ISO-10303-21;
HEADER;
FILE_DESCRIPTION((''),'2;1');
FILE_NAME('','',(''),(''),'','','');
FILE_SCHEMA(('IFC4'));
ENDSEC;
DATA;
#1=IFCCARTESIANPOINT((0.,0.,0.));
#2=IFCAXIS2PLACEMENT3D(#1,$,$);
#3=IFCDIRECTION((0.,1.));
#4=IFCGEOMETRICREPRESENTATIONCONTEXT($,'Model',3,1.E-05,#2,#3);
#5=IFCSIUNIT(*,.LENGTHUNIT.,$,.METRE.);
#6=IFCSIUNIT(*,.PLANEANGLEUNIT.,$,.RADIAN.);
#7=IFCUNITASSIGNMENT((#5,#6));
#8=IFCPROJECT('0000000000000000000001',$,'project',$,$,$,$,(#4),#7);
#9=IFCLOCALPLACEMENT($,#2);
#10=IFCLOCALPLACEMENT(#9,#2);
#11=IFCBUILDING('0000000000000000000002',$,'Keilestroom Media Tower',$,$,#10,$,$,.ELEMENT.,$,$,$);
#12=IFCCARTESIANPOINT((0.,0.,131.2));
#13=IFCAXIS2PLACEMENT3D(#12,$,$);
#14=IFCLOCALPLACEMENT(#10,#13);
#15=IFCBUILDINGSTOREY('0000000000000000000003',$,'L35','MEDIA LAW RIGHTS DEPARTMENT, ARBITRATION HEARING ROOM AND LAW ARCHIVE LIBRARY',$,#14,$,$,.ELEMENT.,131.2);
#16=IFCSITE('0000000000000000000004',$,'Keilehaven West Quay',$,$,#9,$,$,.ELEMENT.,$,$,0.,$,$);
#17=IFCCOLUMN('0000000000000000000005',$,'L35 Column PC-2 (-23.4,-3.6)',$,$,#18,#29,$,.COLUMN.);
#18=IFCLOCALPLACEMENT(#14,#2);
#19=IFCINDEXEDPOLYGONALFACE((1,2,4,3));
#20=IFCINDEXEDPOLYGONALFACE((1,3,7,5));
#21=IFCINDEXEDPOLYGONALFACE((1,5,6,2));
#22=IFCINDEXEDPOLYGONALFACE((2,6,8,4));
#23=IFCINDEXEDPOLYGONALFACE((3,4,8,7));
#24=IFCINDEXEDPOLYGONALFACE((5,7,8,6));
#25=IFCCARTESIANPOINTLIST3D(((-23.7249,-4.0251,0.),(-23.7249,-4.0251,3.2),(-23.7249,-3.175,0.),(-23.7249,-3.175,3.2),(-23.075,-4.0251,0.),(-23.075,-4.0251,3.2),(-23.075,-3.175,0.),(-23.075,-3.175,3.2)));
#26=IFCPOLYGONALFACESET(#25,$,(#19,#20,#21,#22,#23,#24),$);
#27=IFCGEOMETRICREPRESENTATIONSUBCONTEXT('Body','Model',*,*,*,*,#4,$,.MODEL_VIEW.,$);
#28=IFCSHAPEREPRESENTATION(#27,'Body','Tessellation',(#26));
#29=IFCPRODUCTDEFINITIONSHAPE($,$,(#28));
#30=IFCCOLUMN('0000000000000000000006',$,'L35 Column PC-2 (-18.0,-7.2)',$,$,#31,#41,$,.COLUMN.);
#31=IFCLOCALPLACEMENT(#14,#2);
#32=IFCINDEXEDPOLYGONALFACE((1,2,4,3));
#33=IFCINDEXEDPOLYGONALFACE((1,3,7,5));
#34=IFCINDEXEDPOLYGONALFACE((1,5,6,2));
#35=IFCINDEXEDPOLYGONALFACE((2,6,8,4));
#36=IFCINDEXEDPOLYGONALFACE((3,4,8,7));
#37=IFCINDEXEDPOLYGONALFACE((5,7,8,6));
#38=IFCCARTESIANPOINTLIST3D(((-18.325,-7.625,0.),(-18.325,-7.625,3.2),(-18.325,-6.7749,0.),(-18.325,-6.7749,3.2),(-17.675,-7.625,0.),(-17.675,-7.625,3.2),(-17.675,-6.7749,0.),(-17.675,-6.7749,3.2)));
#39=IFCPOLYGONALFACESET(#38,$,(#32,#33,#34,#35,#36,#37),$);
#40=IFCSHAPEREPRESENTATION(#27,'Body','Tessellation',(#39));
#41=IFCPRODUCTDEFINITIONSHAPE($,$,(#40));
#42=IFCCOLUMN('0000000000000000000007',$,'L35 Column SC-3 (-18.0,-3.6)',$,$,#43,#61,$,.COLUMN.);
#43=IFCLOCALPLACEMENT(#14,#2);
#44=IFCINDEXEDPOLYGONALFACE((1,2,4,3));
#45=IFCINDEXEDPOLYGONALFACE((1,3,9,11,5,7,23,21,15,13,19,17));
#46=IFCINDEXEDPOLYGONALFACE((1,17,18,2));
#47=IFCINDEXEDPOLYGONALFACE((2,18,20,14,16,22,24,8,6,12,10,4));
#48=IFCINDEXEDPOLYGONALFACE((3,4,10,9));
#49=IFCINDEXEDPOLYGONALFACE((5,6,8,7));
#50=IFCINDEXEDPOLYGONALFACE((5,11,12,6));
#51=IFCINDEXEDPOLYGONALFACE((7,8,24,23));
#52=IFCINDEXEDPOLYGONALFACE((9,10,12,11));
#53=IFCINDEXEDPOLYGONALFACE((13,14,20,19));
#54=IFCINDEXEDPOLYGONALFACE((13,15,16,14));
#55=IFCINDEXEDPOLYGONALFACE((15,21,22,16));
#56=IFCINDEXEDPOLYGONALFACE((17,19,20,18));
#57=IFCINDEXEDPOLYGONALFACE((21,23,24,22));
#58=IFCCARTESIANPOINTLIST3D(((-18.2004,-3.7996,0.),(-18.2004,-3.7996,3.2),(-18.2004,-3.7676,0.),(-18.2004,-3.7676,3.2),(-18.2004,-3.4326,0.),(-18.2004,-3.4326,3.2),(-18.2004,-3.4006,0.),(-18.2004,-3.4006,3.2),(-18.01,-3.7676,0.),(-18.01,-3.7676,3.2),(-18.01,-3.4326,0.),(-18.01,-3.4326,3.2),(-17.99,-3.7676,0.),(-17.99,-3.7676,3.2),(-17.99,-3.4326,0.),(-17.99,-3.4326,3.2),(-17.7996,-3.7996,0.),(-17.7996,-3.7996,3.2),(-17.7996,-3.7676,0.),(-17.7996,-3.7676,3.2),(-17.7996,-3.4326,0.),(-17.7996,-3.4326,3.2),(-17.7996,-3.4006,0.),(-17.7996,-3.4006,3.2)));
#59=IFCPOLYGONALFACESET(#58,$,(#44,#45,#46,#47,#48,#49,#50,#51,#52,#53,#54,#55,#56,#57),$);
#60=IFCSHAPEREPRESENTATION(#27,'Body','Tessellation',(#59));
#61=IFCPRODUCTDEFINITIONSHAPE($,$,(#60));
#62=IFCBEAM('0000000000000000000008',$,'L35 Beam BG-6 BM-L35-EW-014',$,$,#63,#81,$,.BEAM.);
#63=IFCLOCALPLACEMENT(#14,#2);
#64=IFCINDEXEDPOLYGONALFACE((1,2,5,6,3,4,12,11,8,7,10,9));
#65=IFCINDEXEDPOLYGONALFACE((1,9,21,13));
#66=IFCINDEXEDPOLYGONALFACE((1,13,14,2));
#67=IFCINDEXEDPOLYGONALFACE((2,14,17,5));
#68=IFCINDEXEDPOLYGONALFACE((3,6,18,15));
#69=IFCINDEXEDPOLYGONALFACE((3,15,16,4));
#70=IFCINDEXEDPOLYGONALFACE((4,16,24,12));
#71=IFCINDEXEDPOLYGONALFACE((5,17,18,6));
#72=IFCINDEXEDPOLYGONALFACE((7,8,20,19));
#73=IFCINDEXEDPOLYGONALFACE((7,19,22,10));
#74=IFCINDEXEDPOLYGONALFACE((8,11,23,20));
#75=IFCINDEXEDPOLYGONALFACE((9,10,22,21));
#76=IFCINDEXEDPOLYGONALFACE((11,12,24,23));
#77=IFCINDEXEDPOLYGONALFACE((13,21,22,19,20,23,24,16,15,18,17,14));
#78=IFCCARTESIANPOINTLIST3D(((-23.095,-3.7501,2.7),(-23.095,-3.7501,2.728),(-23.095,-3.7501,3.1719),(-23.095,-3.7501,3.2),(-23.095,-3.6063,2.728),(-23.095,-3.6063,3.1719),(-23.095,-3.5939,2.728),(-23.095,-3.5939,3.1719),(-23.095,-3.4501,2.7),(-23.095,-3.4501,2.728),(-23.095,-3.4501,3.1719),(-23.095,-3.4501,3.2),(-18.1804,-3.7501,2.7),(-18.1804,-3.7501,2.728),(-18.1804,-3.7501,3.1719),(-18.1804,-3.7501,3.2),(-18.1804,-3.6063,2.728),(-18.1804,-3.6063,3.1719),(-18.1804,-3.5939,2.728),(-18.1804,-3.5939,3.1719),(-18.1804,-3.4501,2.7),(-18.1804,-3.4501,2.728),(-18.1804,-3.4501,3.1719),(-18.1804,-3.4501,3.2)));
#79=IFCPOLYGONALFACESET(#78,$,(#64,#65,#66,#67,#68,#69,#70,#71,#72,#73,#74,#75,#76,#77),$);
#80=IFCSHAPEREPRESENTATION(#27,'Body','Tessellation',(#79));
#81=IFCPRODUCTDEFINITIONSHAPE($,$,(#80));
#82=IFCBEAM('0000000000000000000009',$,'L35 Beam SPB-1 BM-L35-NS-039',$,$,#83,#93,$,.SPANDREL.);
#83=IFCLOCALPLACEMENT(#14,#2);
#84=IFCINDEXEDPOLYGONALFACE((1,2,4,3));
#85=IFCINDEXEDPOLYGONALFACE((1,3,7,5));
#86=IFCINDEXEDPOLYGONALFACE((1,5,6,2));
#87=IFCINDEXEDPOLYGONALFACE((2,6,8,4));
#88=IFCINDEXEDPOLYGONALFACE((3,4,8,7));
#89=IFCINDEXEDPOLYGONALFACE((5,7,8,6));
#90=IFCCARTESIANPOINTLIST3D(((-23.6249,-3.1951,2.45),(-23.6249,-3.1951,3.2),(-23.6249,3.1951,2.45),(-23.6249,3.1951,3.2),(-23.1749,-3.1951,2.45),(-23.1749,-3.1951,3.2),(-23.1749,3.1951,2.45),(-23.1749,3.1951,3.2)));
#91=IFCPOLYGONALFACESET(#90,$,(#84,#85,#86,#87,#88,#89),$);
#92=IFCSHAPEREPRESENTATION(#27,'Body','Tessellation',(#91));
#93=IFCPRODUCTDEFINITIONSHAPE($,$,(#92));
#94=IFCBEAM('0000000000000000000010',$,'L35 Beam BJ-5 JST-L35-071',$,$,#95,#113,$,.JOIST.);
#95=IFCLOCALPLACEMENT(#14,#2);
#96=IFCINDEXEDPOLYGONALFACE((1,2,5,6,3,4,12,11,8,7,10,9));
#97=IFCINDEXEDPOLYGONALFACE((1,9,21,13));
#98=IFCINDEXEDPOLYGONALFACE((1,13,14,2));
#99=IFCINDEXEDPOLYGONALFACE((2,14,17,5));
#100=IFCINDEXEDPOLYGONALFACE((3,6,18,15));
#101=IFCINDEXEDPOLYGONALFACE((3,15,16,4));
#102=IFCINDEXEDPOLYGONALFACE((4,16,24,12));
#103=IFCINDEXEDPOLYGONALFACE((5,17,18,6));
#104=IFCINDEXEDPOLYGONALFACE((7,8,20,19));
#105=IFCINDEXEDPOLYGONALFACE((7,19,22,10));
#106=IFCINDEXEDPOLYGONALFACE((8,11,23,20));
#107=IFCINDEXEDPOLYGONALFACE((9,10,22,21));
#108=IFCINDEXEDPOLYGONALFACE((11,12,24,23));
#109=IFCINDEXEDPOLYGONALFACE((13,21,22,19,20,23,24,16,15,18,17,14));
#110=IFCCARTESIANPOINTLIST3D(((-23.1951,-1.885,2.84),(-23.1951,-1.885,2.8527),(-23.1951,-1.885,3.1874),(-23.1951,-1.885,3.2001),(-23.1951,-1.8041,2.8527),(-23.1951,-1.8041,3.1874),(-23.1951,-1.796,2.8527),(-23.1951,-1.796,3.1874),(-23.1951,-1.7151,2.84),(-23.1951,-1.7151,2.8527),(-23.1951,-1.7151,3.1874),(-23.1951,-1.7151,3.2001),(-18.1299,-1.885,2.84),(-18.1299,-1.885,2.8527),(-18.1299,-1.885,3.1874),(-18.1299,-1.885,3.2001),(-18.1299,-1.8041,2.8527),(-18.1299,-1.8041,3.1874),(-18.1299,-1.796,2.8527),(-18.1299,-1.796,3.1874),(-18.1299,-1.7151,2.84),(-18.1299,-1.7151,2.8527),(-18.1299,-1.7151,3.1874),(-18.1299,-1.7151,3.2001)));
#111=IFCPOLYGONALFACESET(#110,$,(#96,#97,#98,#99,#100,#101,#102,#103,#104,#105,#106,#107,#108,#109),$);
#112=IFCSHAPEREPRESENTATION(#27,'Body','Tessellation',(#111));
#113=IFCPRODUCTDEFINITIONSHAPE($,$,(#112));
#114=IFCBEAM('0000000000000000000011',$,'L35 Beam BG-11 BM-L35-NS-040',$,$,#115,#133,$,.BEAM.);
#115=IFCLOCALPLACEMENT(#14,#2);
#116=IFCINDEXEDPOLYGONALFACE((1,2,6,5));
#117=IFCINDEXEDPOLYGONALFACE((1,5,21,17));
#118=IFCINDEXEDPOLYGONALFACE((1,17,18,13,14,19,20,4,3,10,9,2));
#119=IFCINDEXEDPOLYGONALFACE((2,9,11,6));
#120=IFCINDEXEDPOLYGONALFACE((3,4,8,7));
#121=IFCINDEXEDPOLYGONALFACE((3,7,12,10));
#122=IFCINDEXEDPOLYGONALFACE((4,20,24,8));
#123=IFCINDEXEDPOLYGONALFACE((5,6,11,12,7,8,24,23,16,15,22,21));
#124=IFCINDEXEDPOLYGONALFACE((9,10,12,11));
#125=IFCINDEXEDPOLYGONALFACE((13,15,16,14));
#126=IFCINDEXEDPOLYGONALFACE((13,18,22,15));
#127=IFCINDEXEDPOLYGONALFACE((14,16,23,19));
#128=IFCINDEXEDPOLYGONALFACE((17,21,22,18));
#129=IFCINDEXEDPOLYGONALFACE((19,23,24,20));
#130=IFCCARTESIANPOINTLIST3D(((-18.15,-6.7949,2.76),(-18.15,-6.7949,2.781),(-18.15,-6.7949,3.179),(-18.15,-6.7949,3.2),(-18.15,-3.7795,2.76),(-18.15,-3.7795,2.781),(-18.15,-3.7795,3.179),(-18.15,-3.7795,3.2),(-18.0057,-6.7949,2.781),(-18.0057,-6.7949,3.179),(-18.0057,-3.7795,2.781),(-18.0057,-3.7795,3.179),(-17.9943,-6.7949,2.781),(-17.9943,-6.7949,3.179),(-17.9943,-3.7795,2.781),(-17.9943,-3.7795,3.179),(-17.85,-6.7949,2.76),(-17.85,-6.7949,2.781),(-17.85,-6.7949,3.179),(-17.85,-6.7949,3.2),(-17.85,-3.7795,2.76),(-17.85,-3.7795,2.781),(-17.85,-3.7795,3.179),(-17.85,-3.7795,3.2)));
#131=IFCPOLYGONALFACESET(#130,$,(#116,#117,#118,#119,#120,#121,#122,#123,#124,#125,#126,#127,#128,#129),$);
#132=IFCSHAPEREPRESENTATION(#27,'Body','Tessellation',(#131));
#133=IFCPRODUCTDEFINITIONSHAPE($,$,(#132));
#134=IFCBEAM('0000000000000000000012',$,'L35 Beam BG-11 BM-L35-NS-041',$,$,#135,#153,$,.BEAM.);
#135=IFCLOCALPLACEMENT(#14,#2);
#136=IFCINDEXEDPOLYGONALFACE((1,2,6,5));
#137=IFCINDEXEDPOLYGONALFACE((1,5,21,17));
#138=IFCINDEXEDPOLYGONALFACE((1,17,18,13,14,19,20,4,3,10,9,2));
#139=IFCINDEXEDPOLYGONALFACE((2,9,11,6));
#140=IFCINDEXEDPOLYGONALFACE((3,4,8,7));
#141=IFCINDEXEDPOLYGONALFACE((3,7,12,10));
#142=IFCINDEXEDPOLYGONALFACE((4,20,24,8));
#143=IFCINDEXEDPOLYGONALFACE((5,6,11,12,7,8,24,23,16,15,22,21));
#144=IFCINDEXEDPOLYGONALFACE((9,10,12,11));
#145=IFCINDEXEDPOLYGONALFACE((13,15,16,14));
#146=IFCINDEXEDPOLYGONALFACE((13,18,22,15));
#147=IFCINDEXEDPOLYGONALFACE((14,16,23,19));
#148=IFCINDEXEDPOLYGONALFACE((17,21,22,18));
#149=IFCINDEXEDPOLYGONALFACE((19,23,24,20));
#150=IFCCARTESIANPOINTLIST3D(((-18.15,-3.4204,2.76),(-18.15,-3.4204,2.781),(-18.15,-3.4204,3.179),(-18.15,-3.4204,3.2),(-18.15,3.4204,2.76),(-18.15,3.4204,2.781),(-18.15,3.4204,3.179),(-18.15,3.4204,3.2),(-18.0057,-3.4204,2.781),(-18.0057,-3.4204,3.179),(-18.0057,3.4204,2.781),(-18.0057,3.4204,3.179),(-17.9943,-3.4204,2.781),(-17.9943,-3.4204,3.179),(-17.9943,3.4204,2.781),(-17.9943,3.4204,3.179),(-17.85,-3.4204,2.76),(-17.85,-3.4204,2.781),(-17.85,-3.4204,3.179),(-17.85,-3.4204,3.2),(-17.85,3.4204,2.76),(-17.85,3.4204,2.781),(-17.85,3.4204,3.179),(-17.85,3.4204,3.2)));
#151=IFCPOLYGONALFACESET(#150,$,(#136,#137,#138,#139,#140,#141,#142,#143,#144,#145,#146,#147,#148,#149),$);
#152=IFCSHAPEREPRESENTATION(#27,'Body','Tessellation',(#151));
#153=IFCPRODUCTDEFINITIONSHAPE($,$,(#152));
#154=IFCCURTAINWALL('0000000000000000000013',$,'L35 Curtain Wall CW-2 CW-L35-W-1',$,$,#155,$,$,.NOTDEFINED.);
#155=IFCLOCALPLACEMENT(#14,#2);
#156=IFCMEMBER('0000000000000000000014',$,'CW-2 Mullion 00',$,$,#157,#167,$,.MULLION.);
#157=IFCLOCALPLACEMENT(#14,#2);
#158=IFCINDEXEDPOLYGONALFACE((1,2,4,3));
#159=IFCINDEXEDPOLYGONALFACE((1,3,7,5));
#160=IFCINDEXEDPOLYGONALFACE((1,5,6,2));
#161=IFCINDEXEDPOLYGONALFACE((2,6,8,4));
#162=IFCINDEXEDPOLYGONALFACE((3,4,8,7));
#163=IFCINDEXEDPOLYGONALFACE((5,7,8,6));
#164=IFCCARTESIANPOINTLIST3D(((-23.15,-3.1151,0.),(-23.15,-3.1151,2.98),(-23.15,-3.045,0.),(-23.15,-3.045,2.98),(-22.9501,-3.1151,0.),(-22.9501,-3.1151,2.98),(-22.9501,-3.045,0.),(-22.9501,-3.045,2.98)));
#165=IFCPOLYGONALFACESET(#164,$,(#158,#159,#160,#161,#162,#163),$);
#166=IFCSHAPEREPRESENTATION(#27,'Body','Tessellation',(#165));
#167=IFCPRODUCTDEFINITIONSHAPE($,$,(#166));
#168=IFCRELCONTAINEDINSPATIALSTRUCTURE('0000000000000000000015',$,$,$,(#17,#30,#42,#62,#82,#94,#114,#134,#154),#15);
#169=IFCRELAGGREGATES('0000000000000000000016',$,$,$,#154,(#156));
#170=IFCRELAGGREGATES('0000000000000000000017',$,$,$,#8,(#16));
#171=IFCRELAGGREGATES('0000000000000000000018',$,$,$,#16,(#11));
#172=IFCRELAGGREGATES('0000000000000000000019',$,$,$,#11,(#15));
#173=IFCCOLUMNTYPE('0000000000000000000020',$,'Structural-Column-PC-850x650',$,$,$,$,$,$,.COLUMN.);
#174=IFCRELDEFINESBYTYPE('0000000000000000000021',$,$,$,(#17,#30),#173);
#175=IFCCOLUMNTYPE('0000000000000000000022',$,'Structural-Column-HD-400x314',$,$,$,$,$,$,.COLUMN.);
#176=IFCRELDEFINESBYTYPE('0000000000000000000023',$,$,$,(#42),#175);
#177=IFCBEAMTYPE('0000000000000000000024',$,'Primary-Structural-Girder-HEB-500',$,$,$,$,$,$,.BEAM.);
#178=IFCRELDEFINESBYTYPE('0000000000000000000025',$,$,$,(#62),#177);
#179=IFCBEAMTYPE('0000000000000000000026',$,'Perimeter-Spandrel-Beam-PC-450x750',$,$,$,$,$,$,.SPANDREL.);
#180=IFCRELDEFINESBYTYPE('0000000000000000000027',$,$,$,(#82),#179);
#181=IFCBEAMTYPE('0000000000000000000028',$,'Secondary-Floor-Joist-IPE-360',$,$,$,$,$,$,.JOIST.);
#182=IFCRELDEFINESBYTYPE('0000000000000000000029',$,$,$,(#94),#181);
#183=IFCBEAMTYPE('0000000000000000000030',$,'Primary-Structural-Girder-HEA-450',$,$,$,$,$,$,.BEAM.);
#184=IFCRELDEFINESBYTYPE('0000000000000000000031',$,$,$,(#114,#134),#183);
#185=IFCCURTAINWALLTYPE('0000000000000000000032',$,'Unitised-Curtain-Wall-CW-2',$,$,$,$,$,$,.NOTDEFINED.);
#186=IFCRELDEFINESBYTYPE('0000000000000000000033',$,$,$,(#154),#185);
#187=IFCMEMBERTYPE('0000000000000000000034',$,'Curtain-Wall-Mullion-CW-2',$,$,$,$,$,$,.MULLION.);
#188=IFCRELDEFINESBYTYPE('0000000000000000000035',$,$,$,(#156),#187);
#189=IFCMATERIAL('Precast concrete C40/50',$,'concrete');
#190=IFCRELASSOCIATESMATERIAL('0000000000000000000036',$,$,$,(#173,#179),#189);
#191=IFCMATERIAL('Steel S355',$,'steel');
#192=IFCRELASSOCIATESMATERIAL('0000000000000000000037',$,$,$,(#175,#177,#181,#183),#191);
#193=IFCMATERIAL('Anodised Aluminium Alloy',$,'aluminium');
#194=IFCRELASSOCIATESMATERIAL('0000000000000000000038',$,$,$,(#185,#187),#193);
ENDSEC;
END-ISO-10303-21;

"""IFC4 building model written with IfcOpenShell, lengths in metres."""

from ifc_helpers import new_model, si_unit, direction, frame, origin, origin_2d, place, context, subcontext, project, spatial, rectangle, i_section, extrude, source, transform, mapped, material, material_profile, profile_set, type_object, element, aggregate, save


model = new_model("IFC4")

# Units and contexts
model_context = context("Model", 3, precision=1e-05, world=origin(), true_north=direction((0.0, 1.0)))
body_context = subcontext(model_context, "Body", "Model", "MODEL_VIEW")
ifc_project = project(units=[si_unit("LENGTHUNIT", "METRE"), si_unit("PLANEANGLEUNIT", "RADIAN")], contexts=[model_context])

# Site, building, storey
site_placement = place(None, origin())
site = spatial("IfcSite", under=ifc_project, at=site_placement, Name="Keilehaven West Quay", CompositionType="ELEMENT", RefElevation=0.0)
building_placement = place(site_placement, origin())
building = spatial("IfcBuilding", under=site, at=building_placement, Name="Keilestroom Media Tower", CompositionType="ELEMENT")
storey_placement = place(building_placement, frame((0.0, 0.0, 131.2)))
storey = spatial("IfcBuildingStorey", under=building, at=storey_placement, Name="L35", Description="MEDIA LAW RIGHTS DEPARTMENT, ARBITRATION HEARING ROOM AND LAW ARCHIVE LIBRARY", CompositionType="ELEMENT", Elevation=131.2)

# Columns
ifc_material_1 = material(Name="Precast concrete C40/50", Category="concrete")
ifc_material_profile_1 = material_profile(ifc_material_1, rectangle(XDim=0.6499, YDim=0.8501, at=origin_2d()), Name="PC 850x650")
ifc_profile_set_1 = profile_set([ifc_material_profile_1], Name="Precast concrete C40/50")
column_type_1 = type_object("IfcColumnType", Name="Structural-Column-PC-850x650", PredefinedType="COLUMN", material=ifc_profile_set_1)
shared_shape_1 = source(origin(), body_context, "Body", "SweptSolid", [
    extrude(rectangle(XDim=0.6499, YDim=0.8501, at=origin_2d()), origin(), (0.0, 0.0, 1.0), 3.2),
])
for number, where, z_axis, x_axis, name in (
    (1, (-23.3999, -3.6001, 0.0), (0.0, 0.0, 1.0), (1.0, 0.0, 0.0), "L35 Column PC-2 (-23.4,-3.6)"),
    (2, (-18.0, -7.2, 0.0), (0.0, 0.0, 1.0), (1.0, 0.0, 0.0), "L35 Column PC-2 (-18.0,-7.2)"),
):
    element("IfcColumn", number, at=place(storey_placement, frame(where, z_axis=z_axis, x_axis=x_axis)), inside=storey, type_object=column_type_1, Name=name, PredefinedType="COLUMN", context=body_context, shape_type="MappedRepresentation", body=[
        mapped(shared_shape_1, transform((0.0, 0.0, 0.0), x_axis=(1.0, 0.0, 0.0), y_axis=(0.0, 1.0, 0.0), z_axis=(0.0, 0.0, 1.0), scale=1.0)),
    ])
ifc_material_2 = material(Name="Steel S355", Category="steel")
ifc_material_profile_2 = material_profile(ifc_material_2, i_section(OverallWidth=0.4009, OverallDepth=0.3989, WebThickness=0.02, FlangeThickness=0.032, at=origin_2d()), Name="HD 400x314")
ifc_profile_set_2 = profile_set([ifc_material_profile_2], Name="Steel S355")
column_type_2 = type_object("IfcColumnType", Name="Structural-Column-HD-400x314", PredefinedType="COLUMN", material=ifc_profile_set_2)
shared_shape_2 = source(origin(), body_context, "Body", "SweptSolid", [
    extrude(i_section(OverallWidth=0.4009, OverallDepth=0.3989, WebThickness=0.02, FlangeThickness=0.032, at=origin_2d()), origin(), (0.0, 0.0, 1.0), 3.2),
])
column_placement = place(storey_placement, frame((-18.0, -3.6001, 0.0), z_axis=(0.0, 0.0, 1.0), x_axis=(1.0, 0.0, 0.0)))
element("IfcColumn", 3, at=column_placement, inside=storey, type_object=column_type_2, Name="L35 Column SC-3 (-18.0,-3.6)", PredefinedType="COLUMN", context=body_context, shape_type="MappedRepresentation", body=[
    mapped(shared_shape_2, transform((0.0, 0.0, 0.0), x_axis=(1.0, 0.0, 0.0), y_axis=(0.0, 1.0, 0.0), z_axis=(0.0, 0.0, 1.0), scale=1.0)),
])

# Beams
ifc_material_profile_3 = material_profile(ifc_material_2, i_section(OverallWidth=0.3, OverallDepth=0.5, WebThickness=0.0125, FlangeThickness=0.0281, at=origin_2d()), Name="HEB 500")
ifc_profile_set_3 = profile_set([ifc_material_profile_3], Name="Steel S355")
beam_type_1 = type_object("IfcBeamType", Name="Primary-Structural-Girder-HEB-500", PredefinedType="BEAM", material=ifc_profile_set_3)
shared_shape_3 = source(origin(), body_context, "Body", "SweptSolid", [
    extrude(i_section(OverallWidth=0.3, OverallDepth=0.5, WebThickness=0.0125, FlangeThickness=0.0281, at=origin_2d()), origin(), (0.0, 0.0, 1.0), 4.9146),
])
beam_1_placement = place(storey_placement, frame((-23.095, -3.6001, 2.95), z_axis=(1.0, 0.0, 0.0), x_axis=(0.0, 1.0, 0.0)))
element("IfcBeam", 4, at=beam_1_placement, inside=storey, type_object=beam_type_1, Name="L35 Beam BG-6 BM-L35-EW-014", PredefinedType="BEAM", context=body_context, shape_type="MappedRepresentation", body=[
    mapped(shared_shape_3, transform((0.0, 0.0, 0.0), x_axis=(1.0, 0.0, 0.0), y_axis=(0.0, 1.0, 0.0), z_axis=(0.0, 0.0, 1.0), scale=1.0)),
])
ifc_material_profile_4 = material_profile(ifc_material_1, rectangle(XDim=0.45, YDim=0.75, at=origin_2d()), Name="PC 450x750")
ifc_profile_set_4 = profile_set([ifc_material_profile_4], Name="Precast concrete C40/50")
beam_type_2 = type_object("IfcBeamType", Name="Perimeter-Spandrel-Beam-PC-450x750", PredefinedType="SPANDREL", material=ifc_profile_set_4)
shared_shape_4 = source(origin(), body_context, "Body", "SweptSolid", [
    extrude(rectangle(XDim=0.45, YDim=0.75, at=origin_2d()), origin(), (0.0, 0.0, 1.0), 6.3901),
])
beam_2_placement = place(storey_placement, frame((-23.3999, -3.1951, 2.825), z_axis=(0.0, 1.0, 0.0), x_axis=(-1.0, 0.0, 0.0)))
element("IfcBeam", 5, at=beam_2_placement, inside=storey, type_object=beam_type_2, Name="L35 Beam SPB-1 BM-L35-NS-039", PredefinedType="SPANDREL", context=body_context, shape_type="MappedRepresentation", body=[
    mapped(shared_shape_4, transform((0.0, 0.0, 0.0), x_axis=(1.0, 0.0, 0.0), y_axis=(0.0, 1.0, 0.0), z_axis=(0.0, 0.0, 1.0), scale=1.0)),
])
ifc_material_profile_5 = material_profile(ifc_material_2, i_section(OverallWidth=0.1699, OverallDepth=0.3601, WebThickness=0.0081, FlangeThickness=0.0127, at=origin_2d()), Name="IPE 360")
ifc_profile_set_5 = profile_set([ifc_material_profile_5], Name="Steel S355")
beam_type_3 = type_object("IfcBeamType", Name="Secondary-Floor-Joist-IPE-360", PredefinedType="JOIST", material=ifc_profile_set_5)
shared_shape_5 = source(origin(), body_context, "Body", "SweptSolid", [
    extrude(i_section(OverallWidth=0.1699, OverallDepth=0.3601, WebThickness=0.0081, FlangeThickness=0.0127, at=origin_2d()), origin(), (0.0, 0.0, 1.0), 5.0652),
])
beam_3_placement = place(storey_placement, frame((-23.1951, -1.8, 3.02), z_axis=(1.0, 0.0, 0.0), x_axis=(0.0, 1.0, 0.0)))
element("IfcBeam", 6, at=beam_3_placement, inside=storey, type_object=beam_type_3, Name="L35 Beam BJ-5 JST-L35-071", PredefinedType="JOIST", context=body_context, shape_type="MappedRepresentation", body=[
    mapped(shared_shape_5, transform((0.0, 0.0, 0.0), x_axis=(1.0, 0.0, 0.0), y_axis=(0.0, 1.0, 0.0), z_axis=(0.0, 0.0, 1.0), scale=1.0)),
])
ifc_material_profile_6 = material_profile(ifc_material_2, i_section(OverallWidth=0.3, OverallDepth=0.4399, WebThickness=0.0115, FlangeThickness=0.021, at=origin_2d()), Name="HEA 450")
ifc_profile_set_6 = profile_set([ifc_material_profile_6], Name="Steel S355")
beam_type_4 = type_object("IfcBeamType", Name="Primary-Structural-Girder-HEA-450", PredefinedType="BEAM", material=ifc_profile_set_6)
shared_shape_6 = source(origin(), body_context, "Body", "SweptSolid", [
    extrude(i_section(OverallWidth=0.3, OverallDepth=0.4399, WebThickness=0.0115, FlangeThickness=0.021, at=origin_2d()), origin(), (0.0, 0.0, 1.0), 3.0154),
])
beam_4_placement = place(storey_placement, frame((-18.0, -6.7949, 2.98), z_axis=(0.0, 1.0, 0.0), x_axis=(-1.0, 0.0, 0.0)))
element("IfcBeam", 7, at=beam_4_placement, inside=storey, type_object=beam_type_4, Name="L35 Beam BG-11 BM-L35-NS-040", PredefinedType="BEAM", context=body_context, shape_type="MappedRepresentation", body=[
    mapped(shared_shape_6, transform((0.0, 0.0, 0.0), x_axis=(1.0, 0.0, 0.0), y_axis=(0.0, 1.0, 0.0), z_axis=(0.0, 0.0, 1.0), scale=1.0)),
])
shared_shape_7 = source(origin(), body_context, "Body", "SweptSolid", [
    extrude(i_section(OverallWidth=0.3, OverallDepth=0.4399, WebThickness=0.0115, FlangeThickness=0.021, at=origin_2d()), origin(), (0.0, 0.0, 1.0), 6.8408),
])
beam_5_placement = place(storey_placement, frame((-18.0, -3.4204, 2.98), z_axis=(0.0, 1.0, 0.0), x_axis=(-1.0, 0.0, 0.0)))
element("IfcBeam", 8, at=beam_5_placement, inside=storey, type_object=beam_type_4, Name="L35 Beam BG-11 BM-L35-NS-041", PredefinedType="BEAM", context=body_context, shape_type="MappedRepresentation", body=[
    mapped(shared_shape_7, transform((0.0, 0.0, 0.0), x_axis=(1.0, 0.0, 0.0), y_axis=(0.0, 1.0, 0.0), z_axis=(0.0, 0.0, 1.0), scale=1.0)),
])

# Curtain wall, member
ifc_material_3 = material(Name="Anodised Aluminium Alloy", Category="aluminium")
curtain_wall_type = type_object("IfcCurtainWallType", Name="Unitised-Curtain-Wall-CW-2", PredefinedType="NOTDEFINED", material=ifc_material_3)
curtain_wall_1_placement = place(storey_placement, origin())
curtain_wall_1 = element("IfcCurtainWall", 9, at=curtain_wall_1_placement, inside=storey, type_object=curtain_wall_type, Name="L35 Curtain Wall CW-2 CW-L35-W-1", PredefinedType="NOTDEFINED")
ifc_material_profile_7 = material_profile(ifc_material_3, rectangle(XDim=0.0701, YDim=0.2, at=origin_2d()), Name="ALU MULLION 70x200")
ifc_profile_set_7 = profile_set([ifc_material_profile_7], Name="Anodised Aluminium Alloy")
member_type_1 = type_object("IfcMemberType", Name="Curtain-Wall-Mullion-CW-2", PredefinedType="MULLION", material=ifc_profile_set_7)
shared_shape_8 = source(origin(), body_context, "Body", "SweptSolid", [
    extrude(rectangle(XDim=0.0701, YDim=0.2, at=origin_2d()), origin(), (0.0, 0.0, 1.0), 2.98),
])
member_1_placement = place(storey_placement, frame((-23.05, -3.0801, 0.0), z_axis=(0.0, 0.0, 1.0), x_axis=(0.0, 1.0, 0.0)))
member_1 = element("IfcMember", 10, at=member_1_placement, type_object=member_type_1, Name="CW-2 Mullion 00", PredefinedType="MULLION", context=body_context, shape_type="MappedRepresentation", body=[
    mapped(shared_shape_8, transform((0.0, 0.0, 0.0), x_axis=(1.0, 0.0, 0.0), y_axis=(0.0, 1.0, 0.0), z_axis=(0.0, 0.0, 1.0), scale=1.0)),
])

aggregate(curtain_wall_1, [member_1])

save(model, "model.ifc")
